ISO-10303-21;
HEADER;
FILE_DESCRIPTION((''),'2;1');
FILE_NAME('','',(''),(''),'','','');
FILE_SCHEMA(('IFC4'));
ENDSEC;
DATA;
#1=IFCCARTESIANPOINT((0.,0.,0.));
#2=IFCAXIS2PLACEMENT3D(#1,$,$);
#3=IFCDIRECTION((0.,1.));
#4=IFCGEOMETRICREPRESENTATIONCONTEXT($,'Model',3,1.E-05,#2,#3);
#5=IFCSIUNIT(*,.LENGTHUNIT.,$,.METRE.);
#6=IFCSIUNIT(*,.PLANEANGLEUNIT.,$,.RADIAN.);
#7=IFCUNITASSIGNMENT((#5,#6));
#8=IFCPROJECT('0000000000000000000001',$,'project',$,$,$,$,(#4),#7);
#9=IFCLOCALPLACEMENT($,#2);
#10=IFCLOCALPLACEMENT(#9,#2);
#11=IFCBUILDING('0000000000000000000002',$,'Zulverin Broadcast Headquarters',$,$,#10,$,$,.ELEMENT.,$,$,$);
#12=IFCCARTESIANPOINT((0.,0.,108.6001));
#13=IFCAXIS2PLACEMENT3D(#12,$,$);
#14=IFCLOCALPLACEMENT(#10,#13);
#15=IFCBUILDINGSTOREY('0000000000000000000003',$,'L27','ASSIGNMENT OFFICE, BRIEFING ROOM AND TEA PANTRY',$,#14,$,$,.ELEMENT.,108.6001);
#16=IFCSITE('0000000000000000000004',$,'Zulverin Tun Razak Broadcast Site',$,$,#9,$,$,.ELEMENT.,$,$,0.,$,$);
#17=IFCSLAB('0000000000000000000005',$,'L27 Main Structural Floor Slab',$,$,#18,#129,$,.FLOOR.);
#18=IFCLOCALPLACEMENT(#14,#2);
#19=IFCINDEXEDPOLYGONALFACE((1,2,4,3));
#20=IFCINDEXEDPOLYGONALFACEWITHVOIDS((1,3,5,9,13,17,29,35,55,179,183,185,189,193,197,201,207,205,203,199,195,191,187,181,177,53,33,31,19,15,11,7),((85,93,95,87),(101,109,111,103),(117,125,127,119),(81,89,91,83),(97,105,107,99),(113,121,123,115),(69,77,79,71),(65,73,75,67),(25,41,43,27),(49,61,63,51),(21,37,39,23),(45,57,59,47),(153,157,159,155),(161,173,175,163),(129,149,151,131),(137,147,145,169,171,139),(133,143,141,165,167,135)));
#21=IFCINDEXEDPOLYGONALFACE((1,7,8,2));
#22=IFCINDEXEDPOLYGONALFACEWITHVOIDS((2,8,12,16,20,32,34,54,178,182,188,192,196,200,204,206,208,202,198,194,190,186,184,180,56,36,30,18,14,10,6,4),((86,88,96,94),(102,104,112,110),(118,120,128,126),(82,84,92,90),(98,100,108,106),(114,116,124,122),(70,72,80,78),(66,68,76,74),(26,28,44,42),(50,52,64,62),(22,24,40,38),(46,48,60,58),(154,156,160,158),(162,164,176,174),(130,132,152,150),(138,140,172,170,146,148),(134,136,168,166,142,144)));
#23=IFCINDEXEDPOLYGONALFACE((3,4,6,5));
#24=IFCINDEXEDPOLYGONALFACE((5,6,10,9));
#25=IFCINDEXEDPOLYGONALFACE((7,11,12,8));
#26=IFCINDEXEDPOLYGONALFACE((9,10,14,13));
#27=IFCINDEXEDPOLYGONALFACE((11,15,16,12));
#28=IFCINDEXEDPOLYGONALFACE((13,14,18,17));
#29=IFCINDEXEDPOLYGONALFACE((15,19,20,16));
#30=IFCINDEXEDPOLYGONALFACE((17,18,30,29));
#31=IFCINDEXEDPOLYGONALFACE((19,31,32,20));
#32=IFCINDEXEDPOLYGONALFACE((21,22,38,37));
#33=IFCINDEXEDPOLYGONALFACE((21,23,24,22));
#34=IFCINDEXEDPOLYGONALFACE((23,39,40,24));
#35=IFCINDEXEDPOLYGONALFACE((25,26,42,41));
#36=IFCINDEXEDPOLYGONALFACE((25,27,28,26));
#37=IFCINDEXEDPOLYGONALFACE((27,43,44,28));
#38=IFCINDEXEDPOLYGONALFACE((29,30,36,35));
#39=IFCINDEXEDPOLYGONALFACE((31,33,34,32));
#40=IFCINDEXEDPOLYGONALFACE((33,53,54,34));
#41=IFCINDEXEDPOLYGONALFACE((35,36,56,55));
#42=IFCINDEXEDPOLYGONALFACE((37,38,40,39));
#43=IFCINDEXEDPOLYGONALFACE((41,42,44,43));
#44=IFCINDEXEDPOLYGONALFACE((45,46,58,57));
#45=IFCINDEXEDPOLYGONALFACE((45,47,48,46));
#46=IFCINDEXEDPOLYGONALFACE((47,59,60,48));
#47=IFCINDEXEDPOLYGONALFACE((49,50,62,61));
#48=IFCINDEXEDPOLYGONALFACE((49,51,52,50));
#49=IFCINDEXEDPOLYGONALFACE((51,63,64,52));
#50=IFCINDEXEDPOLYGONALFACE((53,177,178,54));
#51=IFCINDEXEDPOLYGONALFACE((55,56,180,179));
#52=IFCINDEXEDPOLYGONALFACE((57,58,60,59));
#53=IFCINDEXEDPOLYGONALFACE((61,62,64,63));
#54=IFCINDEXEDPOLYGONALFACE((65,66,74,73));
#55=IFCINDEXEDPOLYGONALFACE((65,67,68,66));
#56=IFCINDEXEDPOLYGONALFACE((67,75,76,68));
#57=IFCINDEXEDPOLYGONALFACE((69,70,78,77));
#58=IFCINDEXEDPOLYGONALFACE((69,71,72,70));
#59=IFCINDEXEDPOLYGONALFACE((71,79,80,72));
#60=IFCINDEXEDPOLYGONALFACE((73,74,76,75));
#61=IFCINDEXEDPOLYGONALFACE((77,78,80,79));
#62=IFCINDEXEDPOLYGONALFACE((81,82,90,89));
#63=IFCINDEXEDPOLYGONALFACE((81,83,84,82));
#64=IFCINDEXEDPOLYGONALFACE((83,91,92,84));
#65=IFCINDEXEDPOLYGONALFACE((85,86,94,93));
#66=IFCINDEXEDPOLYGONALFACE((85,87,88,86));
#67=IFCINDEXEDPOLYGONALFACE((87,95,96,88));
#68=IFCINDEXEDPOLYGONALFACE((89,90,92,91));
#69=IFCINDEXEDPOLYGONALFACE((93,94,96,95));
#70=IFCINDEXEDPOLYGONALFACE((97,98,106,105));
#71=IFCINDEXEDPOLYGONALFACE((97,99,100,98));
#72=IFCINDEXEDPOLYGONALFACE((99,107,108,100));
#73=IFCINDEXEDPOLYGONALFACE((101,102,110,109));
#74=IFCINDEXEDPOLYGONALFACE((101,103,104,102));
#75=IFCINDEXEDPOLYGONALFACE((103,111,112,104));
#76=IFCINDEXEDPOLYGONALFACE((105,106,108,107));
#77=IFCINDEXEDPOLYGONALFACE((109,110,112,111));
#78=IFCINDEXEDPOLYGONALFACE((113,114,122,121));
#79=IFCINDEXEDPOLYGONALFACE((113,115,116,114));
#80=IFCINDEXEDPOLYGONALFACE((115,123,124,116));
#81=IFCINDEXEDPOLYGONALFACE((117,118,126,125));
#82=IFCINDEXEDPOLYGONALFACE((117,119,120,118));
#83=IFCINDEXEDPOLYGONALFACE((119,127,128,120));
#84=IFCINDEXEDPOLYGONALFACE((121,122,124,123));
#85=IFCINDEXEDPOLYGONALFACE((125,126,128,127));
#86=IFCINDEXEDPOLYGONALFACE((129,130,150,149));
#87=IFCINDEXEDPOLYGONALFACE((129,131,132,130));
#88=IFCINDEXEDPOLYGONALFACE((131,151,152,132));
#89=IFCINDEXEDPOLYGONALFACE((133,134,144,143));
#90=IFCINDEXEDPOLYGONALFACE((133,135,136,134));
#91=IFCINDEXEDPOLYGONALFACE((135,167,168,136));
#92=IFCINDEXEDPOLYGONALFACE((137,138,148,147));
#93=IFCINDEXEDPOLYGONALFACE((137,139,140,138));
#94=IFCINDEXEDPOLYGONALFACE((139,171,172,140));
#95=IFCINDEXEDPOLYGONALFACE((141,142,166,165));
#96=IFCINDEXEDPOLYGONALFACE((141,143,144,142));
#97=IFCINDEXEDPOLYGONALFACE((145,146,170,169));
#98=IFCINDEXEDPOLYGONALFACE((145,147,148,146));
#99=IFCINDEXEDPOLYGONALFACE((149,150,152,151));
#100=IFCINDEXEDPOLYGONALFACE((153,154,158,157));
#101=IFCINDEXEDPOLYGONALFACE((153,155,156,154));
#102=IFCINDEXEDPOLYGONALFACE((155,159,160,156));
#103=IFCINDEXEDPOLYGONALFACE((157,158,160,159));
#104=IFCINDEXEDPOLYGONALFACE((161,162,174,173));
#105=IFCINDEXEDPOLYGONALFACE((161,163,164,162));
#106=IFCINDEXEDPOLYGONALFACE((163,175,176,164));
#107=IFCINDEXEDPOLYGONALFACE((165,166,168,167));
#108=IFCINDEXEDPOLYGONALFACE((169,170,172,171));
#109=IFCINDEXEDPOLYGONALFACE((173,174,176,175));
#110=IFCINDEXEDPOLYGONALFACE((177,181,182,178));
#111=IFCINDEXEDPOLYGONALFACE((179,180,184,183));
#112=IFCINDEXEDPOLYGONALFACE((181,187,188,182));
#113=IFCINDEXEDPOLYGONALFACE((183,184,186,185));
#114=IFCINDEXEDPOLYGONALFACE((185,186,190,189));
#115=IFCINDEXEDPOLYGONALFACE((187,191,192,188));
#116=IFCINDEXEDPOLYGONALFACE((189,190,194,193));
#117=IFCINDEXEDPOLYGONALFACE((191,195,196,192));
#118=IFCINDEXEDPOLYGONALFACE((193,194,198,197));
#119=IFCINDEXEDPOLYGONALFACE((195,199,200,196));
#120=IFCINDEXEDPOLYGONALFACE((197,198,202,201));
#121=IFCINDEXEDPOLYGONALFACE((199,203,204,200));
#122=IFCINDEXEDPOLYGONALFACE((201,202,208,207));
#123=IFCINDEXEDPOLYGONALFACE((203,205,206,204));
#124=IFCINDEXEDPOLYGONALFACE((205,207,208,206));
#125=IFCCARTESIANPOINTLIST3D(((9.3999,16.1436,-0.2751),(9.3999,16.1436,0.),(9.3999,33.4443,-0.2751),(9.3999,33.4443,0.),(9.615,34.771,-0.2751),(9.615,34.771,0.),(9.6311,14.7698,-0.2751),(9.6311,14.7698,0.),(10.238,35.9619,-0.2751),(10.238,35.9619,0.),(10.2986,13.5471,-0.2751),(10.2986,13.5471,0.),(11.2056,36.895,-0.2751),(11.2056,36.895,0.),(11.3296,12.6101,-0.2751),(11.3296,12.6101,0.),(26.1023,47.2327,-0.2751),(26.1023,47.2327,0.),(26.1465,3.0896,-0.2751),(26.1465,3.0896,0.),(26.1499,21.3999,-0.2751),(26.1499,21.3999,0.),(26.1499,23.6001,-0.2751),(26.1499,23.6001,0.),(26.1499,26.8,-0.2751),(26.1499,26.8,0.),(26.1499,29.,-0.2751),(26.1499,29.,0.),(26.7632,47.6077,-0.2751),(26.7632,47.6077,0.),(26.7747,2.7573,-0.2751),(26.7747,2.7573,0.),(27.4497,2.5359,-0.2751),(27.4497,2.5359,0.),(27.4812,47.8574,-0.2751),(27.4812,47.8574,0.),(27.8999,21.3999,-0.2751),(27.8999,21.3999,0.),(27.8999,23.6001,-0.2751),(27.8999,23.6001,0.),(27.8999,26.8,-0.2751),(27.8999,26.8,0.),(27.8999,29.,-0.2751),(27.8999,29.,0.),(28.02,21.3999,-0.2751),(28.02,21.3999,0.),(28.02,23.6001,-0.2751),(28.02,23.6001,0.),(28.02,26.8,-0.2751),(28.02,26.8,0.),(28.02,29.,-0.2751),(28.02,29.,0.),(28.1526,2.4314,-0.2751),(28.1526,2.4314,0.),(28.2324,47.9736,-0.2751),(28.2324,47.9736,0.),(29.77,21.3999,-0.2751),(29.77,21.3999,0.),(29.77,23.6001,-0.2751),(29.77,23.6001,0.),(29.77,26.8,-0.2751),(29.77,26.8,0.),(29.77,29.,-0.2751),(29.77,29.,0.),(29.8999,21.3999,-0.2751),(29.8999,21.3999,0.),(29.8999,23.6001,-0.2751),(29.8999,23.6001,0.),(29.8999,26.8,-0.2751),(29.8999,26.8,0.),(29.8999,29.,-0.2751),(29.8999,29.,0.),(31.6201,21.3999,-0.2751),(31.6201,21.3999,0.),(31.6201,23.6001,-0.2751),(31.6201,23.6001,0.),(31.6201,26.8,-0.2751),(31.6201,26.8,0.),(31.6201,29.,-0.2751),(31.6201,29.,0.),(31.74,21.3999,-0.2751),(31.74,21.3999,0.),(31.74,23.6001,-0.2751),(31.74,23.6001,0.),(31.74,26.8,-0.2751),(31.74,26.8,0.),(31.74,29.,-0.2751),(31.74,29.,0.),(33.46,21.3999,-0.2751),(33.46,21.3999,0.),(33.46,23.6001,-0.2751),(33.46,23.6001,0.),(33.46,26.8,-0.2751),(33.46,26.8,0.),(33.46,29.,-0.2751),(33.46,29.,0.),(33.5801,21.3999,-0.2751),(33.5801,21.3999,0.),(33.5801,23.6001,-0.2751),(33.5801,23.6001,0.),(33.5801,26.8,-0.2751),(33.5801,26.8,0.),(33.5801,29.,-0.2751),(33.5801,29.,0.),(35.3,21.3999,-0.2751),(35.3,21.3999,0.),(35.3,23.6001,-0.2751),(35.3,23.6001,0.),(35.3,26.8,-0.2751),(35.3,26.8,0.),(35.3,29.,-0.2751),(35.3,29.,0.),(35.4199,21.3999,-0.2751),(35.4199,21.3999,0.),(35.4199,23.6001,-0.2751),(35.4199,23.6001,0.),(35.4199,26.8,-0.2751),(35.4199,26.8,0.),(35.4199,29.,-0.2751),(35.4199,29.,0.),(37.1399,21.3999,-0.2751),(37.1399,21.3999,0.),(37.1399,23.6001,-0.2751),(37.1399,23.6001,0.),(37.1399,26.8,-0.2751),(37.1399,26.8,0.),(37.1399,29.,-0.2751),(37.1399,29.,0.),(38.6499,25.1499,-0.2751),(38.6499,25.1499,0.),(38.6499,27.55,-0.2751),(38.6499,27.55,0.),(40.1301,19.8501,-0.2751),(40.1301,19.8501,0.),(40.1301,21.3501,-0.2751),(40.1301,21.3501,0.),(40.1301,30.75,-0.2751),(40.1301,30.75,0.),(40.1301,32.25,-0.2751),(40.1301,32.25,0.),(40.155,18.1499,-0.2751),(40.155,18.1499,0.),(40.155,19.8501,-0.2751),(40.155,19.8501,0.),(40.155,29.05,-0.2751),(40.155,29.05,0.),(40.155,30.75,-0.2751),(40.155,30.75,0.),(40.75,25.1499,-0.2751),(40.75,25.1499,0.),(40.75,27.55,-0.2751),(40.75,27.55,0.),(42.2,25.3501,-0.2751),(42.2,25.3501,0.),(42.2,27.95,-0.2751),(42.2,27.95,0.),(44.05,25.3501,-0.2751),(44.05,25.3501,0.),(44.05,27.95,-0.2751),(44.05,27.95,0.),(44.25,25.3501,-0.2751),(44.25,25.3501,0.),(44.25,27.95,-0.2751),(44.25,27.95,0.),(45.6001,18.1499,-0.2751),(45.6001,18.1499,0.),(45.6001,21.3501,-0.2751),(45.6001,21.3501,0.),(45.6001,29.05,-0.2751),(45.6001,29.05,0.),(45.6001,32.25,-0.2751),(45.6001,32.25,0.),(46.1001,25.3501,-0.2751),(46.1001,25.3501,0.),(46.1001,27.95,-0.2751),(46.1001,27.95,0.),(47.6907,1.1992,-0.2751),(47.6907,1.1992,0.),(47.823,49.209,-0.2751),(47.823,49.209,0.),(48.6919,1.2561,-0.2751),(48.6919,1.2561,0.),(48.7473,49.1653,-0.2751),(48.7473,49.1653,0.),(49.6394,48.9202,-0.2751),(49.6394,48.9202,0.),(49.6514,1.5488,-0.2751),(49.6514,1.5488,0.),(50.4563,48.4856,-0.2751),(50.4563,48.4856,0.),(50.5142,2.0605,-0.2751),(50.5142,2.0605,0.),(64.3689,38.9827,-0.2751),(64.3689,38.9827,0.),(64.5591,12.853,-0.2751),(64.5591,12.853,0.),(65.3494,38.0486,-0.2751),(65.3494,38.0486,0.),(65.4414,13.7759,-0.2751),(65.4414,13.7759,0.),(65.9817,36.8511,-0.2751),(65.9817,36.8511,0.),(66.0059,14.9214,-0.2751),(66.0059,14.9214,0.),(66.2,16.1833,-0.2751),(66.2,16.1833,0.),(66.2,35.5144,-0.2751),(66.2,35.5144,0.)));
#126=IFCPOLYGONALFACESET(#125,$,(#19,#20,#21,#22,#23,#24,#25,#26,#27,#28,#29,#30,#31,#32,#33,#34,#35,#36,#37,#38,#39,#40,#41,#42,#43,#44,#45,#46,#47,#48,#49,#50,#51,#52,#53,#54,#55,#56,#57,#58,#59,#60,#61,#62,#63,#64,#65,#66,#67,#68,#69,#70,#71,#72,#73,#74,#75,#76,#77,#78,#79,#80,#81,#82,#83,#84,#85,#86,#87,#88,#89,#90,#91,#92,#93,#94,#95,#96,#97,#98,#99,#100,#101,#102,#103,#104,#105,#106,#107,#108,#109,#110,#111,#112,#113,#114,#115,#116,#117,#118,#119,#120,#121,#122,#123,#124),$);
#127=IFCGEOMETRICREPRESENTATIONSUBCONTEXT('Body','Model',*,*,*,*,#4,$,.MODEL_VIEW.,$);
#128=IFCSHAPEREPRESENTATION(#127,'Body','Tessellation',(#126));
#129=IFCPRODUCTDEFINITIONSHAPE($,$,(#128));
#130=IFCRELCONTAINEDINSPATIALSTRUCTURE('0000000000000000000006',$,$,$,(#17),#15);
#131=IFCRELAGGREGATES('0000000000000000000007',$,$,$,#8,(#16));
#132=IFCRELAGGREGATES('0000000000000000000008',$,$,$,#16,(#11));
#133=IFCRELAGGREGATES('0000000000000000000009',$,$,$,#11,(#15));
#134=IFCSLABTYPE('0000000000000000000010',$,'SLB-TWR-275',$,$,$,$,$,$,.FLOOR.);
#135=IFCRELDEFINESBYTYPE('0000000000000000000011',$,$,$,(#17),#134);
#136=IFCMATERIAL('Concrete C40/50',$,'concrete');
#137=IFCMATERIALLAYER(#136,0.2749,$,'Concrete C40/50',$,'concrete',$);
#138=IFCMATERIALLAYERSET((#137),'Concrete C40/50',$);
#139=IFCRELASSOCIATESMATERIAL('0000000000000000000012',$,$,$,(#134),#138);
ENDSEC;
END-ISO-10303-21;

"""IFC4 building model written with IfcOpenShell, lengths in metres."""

from ifc_helpers import new_model, si_unit, direction, frame, origin, place, context, subcontext, project, spatial, polyline, outline, extrude, material, layer, layer_set, type_object, element, save


model = new_model("IFC4")

# Units and contexts
model_context = context("Model", 3, precision=1e-05, world=origin(), true_north=direction((0.0, 1.0)))
body_context = subcontext(model_context, "Body", "Model", "MODEL_VIEW")
ifc_project = project(units=[si_unit("LENGTHUNIT", "METRE"), si_unit("PLANEANGLEUNIT", "RADIAN")], contexts=[model_context])

# Site, building, storey
site_placement = place(None, origin())
site = spatial("IfcSite", under=ifc_project, at=site_placement, Name="Zulverin Tun Razak Broadcast Site", CompositionType="ELEMENT", RefElevation=0.0)
building_placement = place(site_placement, origin())
building = spatial("IfcBuilding", under=site, at=building_placement, Name="Zulverin Broadcast Headquarters", CompositionType="ELEMENT")
storey_placement = place(building_placement, frame((0.0, 0.0, 108.6001)))
storey = spatial("IfcBuildingStorey", under=building, at=storey_placement, Name="L27", Description="ASSIGNMENT OFFICE, BRIEFING ROOM AND TEA PANTRY", CompositionType="ELEMENT", Elevation=108.6001)

# Shared definitions
ifc_material_1 = material(Name="Concrete C40/50", Category="concrete")

# Slab
ifc_layer_1 = layer(ifc_material_1, 0.2749, Name="Concrete C40/50", Category="concrete")
ifc_layer_set_1 = layer_set([ifc_layer_1], Name="Concrete C40/50")
slab_type_1 = type_object("IfcSlabType", Name="SLB-TWR-275", PredefinedType="FLOOR", material=ifc_layer_set_1)
slab_1_placement = place(storey_placement, frame((0.0, 0.0, -0.2751)))
element("IfcSlab", 1, at=slab_1_placement, inside=storey, type_object=slab_type_1, Name="L27 Main Structural Floor Slab", PredefinedType="FLOOR", context=body_context, shape_type="SweptSolid", body=[
    extrude(outline(polyline([(26.1465, 3.0896), (26.7747, 2.7573), (27.4497, 2.5359), (28.1526, 2.4314), (47.6907, 1.1992), (48.6919, 1.2561), (49.6514, 1.5488), (50.5142, 2.0605), (64.5591, 12.853), (65.4414, 13.7759), (66.0059, 14.9214), (66.2, 16.1833), (66.2, 35.5144), (65.9817, 36.8511), (65.3494, 38.0486), (64.3689, 38.9827), (50.4563, 48.4856), (49.6394, 48.9202), (48.7473, 49.1653), (47.823, 49.209), (28.2324, 47.9736), (27.4812, 47.8574), (26.7632, 47.6077), (26.1023, 47.2327), (11.2056, 36.895), (10.238, 35.9619), (9.615, 34.771), (9.3999, 33.4443), (9.3999, 16.1436), (9.6311, 14.7698), (10.2986, 13.5471), (11.3296, 12.6101), (26.1465, 3.0896)]), holes=[polyline([(40.155, 30.75), (40.1301, 30.75), (40.1301, 32.25), (45.6001, 32.25), (45.6001, 29.05), (40.155, 29.05), (40.155, 30.75)]), polyline([(40.155, 19.8501), (40.1301, 19.8501), (40.1301, 21.3501), (45.6001, 21.3501), (45.6001, 18.1499), (40.155, 18.1499), (40.155, 19.8501)]), polyline([(26.1499, 26.8), (27.8999, 26.8), (27.8999, 29.0), (26.1499, 29.0), (26.1499, 26.8)]), polyline([(28.02, 26.8), (29.77, 26.8), (29.77, 29.0), (28.02, 29.0), (28.02, 26.8)]), polyline([(26.1499, 21.3999), (27.8999, 21.3999), (27.8999, 23.6001), (26.1499, 23.6001), (26.1499, 21.3999)]), polyline([(28.02, 21.3999), (29.77, 21.3999), (29.77, 23.6001), (28.02, 23.6001), (28.02, 21.3999)]), polyline([(29.8999, 21.3999), (31.6201, 21.3999), (31.6201, 23.6001), (29.8999, 23.6001), (29.8999, 21.3999)]), polyline([(31.74, 21.3999), (33.46, 21.3999), (33.46, 23.6001), (31.74, 23.6001), (31.74, 21.3999)]), polyline([(33.5801, 21.3999), (35.3, 21.3999), (35.3, 23.6001), (33.5801, 23.6001), (33.5801, 21.3999)]), polyline([(35.4199, 21.3999), (37.1399, 21.3999), (37.1399, 23.6001), (35.4199, 23.6001), (35.4199, 21.3999)]), polyline([(29.8999, 26.8), (31.6201, 26.8), (31.6201, 29.0), (29.8999, 29.0), (29.8999, 26.8)]), polyline([(31.74, 26.8), (33.46, 26.8), (33.46, 29.0), (31.74, 29.0), (31.74, 26.8)]), polyline([(33.5801, 26.8), (35.3, 26.8), (35.3, 29.0), (33.5801, 29.0), (33.5801, 26.8)]), polyline([(35.4199, 26.8), (37.1399, 26.8), (37.1399, 29.0), (35.4199, 29.0), (35.4199, 26.8)]), polyline([(42.2, 25.3501), (44.05, 25.3501), (44.05, 27.95), (42.2, 27.95), (42.2, 25.3501)]), polyline([(44.25, 25.3501), (46.1001, 25.3501), (46.1001, 27.95), (44.25, 27.95), (44.25, 25.3501)]), polyline([(38.6499, 25.1499), (40.75, 25.1499), (40.75, 27.55), (38.6499, 27.55), (38.6499, 25.1499)])]), origin(), (0.0, 0.0, 1.0), 0.2751),
])

save(model, "model.ifc")
